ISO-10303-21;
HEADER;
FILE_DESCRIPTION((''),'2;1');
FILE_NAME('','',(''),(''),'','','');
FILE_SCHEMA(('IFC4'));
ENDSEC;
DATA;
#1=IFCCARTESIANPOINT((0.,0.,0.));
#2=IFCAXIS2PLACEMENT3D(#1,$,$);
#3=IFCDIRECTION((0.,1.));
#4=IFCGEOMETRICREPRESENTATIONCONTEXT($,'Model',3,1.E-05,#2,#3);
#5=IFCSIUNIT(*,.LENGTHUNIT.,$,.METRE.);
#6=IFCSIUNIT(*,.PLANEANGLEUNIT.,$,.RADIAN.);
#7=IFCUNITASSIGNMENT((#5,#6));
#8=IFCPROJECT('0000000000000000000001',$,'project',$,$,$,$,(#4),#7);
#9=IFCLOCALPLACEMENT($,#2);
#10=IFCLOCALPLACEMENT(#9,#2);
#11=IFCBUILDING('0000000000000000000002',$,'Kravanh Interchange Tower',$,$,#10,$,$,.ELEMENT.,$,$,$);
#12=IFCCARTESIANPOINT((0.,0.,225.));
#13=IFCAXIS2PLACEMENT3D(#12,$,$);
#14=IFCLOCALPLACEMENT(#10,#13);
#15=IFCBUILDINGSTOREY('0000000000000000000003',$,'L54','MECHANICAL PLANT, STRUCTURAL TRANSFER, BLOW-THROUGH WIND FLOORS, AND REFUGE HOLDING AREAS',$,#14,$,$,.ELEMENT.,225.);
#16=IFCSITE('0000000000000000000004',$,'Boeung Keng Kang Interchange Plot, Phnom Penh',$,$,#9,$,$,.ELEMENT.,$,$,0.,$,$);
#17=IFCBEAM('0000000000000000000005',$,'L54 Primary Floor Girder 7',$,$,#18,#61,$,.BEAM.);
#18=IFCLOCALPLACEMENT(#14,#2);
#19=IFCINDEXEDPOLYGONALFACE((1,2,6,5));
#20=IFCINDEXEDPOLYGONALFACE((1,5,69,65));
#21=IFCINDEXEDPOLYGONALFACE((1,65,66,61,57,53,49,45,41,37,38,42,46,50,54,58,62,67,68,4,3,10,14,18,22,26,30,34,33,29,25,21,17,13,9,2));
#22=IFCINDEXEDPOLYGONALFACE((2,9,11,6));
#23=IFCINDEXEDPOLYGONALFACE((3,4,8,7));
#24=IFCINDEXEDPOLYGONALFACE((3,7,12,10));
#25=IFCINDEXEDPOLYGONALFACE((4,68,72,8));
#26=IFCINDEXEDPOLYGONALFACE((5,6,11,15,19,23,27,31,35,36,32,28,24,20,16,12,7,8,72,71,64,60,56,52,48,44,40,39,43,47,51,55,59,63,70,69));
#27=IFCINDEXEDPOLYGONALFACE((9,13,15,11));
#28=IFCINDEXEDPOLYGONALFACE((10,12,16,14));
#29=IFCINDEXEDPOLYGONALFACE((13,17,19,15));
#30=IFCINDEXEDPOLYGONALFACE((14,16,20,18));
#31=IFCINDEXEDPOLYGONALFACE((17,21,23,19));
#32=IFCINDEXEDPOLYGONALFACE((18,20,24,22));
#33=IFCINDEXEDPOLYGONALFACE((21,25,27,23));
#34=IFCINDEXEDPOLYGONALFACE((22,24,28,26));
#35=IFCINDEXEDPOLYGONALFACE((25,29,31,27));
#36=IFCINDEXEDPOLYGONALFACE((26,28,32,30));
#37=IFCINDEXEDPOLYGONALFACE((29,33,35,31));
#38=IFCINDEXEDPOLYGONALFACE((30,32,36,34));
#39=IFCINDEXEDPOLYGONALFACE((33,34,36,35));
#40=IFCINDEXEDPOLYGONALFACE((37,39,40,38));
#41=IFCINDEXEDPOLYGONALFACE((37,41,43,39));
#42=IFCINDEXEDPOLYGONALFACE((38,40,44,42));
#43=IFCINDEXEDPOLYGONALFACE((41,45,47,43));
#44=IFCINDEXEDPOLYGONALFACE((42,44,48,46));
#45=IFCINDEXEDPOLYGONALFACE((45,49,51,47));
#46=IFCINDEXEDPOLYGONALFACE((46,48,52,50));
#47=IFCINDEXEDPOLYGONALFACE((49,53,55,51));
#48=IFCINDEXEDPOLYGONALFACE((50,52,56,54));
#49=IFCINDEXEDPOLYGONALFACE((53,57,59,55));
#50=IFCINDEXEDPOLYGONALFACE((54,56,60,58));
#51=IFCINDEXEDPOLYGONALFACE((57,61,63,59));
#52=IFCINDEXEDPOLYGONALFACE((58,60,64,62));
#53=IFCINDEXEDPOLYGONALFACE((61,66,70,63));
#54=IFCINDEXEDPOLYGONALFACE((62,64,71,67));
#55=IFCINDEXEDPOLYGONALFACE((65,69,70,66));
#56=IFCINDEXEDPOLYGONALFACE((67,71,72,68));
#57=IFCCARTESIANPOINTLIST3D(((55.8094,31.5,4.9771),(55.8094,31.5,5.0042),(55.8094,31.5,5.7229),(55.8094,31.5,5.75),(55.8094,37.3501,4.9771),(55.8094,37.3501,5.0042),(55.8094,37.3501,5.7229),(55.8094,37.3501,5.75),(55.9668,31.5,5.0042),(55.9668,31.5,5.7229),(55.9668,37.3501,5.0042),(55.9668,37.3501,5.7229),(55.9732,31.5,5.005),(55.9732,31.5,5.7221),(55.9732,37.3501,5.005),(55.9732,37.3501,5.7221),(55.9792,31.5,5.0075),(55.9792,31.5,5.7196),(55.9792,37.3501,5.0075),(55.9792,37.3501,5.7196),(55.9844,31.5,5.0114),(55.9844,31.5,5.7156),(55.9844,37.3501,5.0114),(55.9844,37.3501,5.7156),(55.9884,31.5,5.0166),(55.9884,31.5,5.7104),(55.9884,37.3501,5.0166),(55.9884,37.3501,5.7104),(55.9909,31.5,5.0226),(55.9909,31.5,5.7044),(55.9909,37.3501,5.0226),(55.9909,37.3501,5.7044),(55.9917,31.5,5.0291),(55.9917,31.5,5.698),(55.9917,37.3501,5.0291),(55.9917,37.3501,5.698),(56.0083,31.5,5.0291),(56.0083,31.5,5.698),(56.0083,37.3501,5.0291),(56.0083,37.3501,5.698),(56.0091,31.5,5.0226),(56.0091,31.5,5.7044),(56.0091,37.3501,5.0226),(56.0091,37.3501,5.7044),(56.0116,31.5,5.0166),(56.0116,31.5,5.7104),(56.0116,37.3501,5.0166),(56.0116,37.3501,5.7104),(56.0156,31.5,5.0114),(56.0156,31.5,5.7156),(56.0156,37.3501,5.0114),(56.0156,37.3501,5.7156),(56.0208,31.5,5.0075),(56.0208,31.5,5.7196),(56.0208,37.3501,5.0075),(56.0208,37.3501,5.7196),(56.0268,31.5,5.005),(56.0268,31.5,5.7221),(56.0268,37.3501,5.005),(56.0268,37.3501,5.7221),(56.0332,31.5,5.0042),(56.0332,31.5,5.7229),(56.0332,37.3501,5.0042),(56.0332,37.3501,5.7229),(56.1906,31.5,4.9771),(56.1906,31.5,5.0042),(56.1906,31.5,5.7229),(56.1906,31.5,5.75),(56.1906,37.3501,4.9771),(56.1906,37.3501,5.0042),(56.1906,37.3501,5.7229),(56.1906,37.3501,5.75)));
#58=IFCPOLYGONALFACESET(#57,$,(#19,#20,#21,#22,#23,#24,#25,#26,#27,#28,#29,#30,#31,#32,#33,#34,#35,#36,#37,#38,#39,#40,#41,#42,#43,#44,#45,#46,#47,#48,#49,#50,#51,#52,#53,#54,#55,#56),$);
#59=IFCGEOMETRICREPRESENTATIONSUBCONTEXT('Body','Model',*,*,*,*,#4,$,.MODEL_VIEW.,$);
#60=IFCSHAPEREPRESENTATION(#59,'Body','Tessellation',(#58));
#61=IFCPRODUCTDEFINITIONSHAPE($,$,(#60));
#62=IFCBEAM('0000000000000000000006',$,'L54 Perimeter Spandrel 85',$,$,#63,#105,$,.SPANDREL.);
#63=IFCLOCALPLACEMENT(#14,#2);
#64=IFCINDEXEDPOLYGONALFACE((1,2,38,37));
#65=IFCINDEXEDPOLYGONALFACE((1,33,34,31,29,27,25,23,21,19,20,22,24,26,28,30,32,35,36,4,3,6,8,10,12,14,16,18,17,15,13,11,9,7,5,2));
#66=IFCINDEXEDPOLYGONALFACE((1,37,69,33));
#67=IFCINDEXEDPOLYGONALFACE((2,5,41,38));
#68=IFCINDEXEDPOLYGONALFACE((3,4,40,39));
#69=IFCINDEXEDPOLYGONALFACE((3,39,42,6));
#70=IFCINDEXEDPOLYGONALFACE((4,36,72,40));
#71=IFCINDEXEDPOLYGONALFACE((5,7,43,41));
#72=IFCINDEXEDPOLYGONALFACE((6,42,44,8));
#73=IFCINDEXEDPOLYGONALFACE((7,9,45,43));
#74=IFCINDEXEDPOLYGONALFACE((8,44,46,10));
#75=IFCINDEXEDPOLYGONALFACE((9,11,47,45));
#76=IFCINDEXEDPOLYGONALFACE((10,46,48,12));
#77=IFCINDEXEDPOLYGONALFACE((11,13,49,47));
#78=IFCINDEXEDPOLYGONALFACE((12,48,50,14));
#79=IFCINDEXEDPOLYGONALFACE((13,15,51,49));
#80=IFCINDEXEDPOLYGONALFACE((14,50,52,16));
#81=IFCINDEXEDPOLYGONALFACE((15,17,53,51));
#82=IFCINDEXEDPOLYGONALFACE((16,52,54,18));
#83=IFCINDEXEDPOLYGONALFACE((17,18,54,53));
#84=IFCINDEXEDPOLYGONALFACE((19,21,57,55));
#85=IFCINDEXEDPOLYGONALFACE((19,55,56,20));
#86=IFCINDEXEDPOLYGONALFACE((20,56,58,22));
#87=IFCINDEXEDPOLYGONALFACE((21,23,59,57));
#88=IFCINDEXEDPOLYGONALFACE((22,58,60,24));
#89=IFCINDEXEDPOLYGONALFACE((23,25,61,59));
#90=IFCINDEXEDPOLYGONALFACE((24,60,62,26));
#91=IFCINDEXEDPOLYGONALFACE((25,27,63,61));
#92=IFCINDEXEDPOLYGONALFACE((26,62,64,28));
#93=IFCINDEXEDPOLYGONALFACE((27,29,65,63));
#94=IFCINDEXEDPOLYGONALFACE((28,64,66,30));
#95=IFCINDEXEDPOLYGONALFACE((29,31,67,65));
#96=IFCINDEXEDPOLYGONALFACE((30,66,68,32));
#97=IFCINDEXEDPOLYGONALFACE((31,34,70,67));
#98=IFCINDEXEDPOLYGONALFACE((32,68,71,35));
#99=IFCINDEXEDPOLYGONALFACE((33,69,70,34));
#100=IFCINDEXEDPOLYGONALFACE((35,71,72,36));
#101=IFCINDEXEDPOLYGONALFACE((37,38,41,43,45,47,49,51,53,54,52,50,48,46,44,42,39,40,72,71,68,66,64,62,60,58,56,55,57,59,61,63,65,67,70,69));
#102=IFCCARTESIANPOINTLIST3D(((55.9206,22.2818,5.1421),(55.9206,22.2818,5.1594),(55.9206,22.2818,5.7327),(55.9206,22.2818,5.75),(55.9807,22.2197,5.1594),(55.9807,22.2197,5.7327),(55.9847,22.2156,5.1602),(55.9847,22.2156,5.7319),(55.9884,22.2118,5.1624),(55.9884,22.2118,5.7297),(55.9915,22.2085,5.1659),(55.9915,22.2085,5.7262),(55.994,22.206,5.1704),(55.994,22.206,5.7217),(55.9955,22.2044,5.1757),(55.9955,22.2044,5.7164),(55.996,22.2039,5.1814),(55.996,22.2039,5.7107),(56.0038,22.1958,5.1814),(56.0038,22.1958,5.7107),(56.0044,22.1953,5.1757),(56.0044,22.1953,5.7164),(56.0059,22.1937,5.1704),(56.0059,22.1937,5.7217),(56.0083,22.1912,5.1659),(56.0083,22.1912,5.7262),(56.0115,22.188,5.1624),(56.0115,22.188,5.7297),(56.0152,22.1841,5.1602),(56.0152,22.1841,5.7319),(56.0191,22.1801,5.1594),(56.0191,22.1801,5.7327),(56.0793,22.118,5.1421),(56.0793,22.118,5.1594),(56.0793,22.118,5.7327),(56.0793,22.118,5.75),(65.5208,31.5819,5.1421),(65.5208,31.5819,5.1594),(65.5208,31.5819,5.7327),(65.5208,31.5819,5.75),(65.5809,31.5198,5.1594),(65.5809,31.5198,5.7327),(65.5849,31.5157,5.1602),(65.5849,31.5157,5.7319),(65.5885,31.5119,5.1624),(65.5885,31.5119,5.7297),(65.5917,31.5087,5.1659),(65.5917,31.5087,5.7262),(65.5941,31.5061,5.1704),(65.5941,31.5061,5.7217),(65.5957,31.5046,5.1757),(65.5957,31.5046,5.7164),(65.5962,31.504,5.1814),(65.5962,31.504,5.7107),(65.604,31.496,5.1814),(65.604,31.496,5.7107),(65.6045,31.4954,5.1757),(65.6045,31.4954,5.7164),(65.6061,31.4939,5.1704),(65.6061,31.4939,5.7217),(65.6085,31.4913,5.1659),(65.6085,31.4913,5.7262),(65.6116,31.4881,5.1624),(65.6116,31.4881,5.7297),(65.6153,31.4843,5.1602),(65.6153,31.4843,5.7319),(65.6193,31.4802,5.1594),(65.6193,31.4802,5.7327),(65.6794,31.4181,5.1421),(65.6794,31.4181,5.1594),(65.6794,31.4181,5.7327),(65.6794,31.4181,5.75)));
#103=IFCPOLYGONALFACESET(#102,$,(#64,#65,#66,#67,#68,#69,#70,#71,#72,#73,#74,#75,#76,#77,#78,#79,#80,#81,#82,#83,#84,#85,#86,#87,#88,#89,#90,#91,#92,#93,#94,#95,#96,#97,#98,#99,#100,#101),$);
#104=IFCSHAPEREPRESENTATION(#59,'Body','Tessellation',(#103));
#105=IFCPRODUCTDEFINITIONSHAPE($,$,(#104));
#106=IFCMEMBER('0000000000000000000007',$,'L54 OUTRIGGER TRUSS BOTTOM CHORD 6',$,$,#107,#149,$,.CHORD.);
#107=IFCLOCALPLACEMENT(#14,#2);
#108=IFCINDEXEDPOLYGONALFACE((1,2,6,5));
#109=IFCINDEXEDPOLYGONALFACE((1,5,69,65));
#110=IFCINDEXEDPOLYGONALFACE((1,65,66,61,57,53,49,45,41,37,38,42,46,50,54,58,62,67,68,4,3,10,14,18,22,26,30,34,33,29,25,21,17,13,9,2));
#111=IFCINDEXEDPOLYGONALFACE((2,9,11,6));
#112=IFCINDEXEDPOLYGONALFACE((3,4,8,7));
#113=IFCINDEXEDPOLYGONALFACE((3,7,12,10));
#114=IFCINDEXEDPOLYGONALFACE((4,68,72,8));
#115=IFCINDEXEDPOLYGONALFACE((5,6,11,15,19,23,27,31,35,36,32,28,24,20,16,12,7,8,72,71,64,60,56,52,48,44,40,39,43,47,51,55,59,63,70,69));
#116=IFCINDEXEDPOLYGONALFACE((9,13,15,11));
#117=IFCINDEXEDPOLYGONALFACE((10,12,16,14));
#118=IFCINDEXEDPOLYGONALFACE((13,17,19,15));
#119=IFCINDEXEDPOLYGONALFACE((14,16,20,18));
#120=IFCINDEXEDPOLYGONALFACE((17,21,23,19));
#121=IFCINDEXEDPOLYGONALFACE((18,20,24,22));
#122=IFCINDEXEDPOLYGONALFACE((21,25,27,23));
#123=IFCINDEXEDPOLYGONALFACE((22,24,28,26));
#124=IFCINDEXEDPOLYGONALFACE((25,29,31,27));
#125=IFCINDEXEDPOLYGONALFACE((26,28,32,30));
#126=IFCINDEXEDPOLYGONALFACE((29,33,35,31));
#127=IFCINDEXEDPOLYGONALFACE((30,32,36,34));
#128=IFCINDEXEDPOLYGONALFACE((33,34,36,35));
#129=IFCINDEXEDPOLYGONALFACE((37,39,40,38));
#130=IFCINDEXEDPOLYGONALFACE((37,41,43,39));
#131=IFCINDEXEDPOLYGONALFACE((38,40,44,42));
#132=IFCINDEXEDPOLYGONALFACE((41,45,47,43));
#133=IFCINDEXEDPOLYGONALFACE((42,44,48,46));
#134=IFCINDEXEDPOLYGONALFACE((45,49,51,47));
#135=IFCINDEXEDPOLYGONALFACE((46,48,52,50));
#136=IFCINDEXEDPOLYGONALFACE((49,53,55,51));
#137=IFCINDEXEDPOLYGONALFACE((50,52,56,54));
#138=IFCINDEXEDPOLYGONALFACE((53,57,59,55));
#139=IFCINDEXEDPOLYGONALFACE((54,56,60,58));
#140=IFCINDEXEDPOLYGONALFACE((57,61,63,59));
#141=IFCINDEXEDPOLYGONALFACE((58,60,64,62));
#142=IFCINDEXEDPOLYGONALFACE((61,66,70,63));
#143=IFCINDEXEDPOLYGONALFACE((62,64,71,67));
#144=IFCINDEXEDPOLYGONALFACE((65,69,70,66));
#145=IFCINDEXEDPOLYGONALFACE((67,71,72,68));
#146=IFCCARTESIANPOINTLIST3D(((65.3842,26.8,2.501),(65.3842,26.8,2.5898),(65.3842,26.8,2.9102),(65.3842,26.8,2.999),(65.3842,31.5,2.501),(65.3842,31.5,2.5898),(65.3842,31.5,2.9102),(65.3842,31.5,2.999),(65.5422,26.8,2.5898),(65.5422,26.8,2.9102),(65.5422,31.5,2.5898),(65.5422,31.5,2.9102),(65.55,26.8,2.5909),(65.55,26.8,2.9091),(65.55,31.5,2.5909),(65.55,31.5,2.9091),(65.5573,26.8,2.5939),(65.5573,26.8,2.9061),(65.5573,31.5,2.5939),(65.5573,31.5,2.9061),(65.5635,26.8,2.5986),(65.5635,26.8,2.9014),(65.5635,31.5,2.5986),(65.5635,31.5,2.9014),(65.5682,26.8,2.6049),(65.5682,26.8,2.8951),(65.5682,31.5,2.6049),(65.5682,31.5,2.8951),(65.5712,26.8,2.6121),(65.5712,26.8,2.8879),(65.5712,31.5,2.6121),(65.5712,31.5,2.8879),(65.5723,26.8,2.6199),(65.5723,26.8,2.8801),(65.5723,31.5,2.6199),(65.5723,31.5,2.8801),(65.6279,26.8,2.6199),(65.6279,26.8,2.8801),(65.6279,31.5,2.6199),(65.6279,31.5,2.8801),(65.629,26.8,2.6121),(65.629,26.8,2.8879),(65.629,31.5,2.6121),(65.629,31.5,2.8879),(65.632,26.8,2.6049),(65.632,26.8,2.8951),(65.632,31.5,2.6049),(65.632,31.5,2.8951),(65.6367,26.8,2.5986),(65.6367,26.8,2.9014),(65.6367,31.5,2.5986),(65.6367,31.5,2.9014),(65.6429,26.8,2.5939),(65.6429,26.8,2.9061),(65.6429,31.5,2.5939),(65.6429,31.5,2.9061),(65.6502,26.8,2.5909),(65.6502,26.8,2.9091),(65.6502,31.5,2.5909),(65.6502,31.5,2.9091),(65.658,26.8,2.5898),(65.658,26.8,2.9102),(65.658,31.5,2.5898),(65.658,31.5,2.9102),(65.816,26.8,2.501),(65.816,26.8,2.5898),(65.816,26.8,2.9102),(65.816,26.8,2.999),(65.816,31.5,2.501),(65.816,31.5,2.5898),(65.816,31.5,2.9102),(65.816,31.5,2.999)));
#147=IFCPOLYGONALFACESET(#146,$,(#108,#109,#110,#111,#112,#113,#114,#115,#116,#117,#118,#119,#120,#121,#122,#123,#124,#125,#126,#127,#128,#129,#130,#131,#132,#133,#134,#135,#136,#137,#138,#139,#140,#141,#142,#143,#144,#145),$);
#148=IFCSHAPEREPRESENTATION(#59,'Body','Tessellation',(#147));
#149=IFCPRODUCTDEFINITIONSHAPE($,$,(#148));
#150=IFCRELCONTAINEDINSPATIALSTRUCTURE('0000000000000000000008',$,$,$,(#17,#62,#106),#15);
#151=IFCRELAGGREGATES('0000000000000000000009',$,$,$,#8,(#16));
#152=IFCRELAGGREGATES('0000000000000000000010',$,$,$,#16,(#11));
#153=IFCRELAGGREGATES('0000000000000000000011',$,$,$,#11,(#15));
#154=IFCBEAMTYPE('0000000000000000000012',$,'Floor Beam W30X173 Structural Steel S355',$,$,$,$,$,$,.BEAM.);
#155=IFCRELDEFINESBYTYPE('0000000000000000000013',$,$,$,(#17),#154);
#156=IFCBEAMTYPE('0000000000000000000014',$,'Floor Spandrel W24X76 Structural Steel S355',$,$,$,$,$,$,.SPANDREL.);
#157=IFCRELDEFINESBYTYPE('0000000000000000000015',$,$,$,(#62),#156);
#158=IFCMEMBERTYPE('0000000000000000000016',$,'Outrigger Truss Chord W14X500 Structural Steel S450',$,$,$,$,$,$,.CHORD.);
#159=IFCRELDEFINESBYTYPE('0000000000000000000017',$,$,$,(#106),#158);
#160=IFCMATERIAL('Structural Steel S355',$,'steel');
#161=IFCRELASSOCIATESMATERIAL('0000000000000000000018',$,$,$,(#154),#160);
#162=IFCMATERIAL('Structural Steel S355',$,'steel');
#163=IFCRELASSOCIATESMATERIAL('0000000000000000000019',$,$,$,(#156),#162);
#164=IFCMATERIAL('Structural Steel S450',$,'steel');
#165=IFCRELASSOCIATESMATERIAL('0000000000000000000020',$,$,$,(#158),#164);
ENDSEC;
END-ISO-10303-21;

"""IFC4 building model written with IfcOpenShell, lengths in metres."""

from ifc_helpers import new_model, si_unit, direction, frame, origin, origin_2d, place, context, subcontext, project, spatial, i_section, extrude, material, material_profile, profile_set, type_object, element, save


model = new_model("IFC4")

# Units and contexts
model_context = context("Model", 3, precision=1e-05, world=origin(), true_north=direction((0.0, 1.0)))
body_context = subcontext(model_context, "Body", "Model", "MODEL_VIEW")
ifc_project = project(units=[si_unit("LENGTHUNIT", "METRE"), si_unit("PLANEANGLEUNIT", "RADIAN")], contexts=[model_context])

# Site, building, storey
site_placement = place(None, origin())
site = spatial("IfcSite", under=ifc_project, at=site_placement, Name="Boeung Keng Kang Interchange Plot, Phnom Penh", CompositionType="ELEMENT", RefElevation=0.0)
building_placement = place(site_placement, origin())
building = spatial("IfcBuilding", under=site, at=building_placement, Name="Kravanh Interchange Tower", CompositionType="ELEMENT")
storey_placement = place(building_placement, frame((0.0, 0.0, 225.0)))
storey = spatial("IfcBuildingStorey", under=building, at=storey_placement, Name="L54", Description="MECHANICAL PLANT, STRUCTURAL TRANSFER, BLOW-THROUGH WIND FLOORS, AND REFUGE HOLDING AREAS", CompositionType="ELEMENT", Elevation=225.0)

# Beams
ifc_material_1 = material(Name="Structural Steel S355", Category="steel")
ifc_material_profile_1 = material_profile(ifc_material_1, i_section(OverallWidth=0.3811, OverallDepth=0.7729, WebThickness=0.0166, FlangeThickness=0.0271, FilletRadius=0.0249, at=origin_2d()), Name="W30X173")
ifc_profile_set_1 = profile_set([ifc_material_profile_1], Name="Structural Steel S355")
beam_type_1 = type_object("IfcBeamType", Name="Floor Beam W30X173 Structural Steel S355", PredefinedType="BEAM", material=ifc_profile_set_1)
beam_1_placement = place(storey_placement, frame((56.0, 37.3501, 5.3635), z_axis=(0.0, -1.0, 0.0), x_axis=(1.0, 0.0, 0.0)))
element("IfcBeam", 1, at=beam_1_placement, inside=storey, type_object=beam_type_1, Name="L54 Primary Floor Girder 7", PredefinedType="BEAM", context=body_context, shape_type="SweptSolid", body=[
    extrude(i_section(OverallWidth=0.3811, OverallDepth=0.7729, WebThickness=0.0166, FlangeThickness=0.0271, FilletRadius=0.0249, at=origin_2d()), origin(), (0.0, 0.0, 1.0), 5.8501),
])
ifc_material_2 = material(Name="Structural Steel S355", Category="steel")
ifc_material_profile_2 = material_profile(ifc_material_2, i_section(OverallWidth=0.228, OverallDepth=0.6079, WebThickness=0.0112, FlangeThickness=0.0173, FilletRadius=0.022, at=origin_2d()), Name="W24X76")
ifc_profile_set_2 = profile_set([ifc_material_profile_2], Name="Structural Steel S355")
beam_type_2 = type_object("IfcBeamType", Name="Floor Spandrel W24X76 Structural Steel S355", PredefinedType="SPANDREL", material=ifc_profile_set_2)
beam_2_placement = place(storey_placement, frame((65.6001, 31.5, 5.446), z_axis=(-0.718242, -0.695793, 0.0), x_axis=(0.695793, -0.718242, 0.0)))
element("IfcBeam", 2, at=beam_2_placement, inside=storey, type_object=beam_type_2, Name="L54 Perimeter Spandrel 85", PredefinedType="SPANDREL", context=body_context, shape_type="SweptSolid", body=[
    extrude(i_section(OverallWidth=0.228, OverallDepth=0.6079, WebThickness=0.0112, FlangeThickness=0.0173, FilletRadius=0.022, at=origin_2d()), origin(), (0.0, 0.0, 1.0), 13.3662),
])

# Member
ifc_material_3 = material(Name="Structural Steel S450", Category="steel")
ifc_material_profile_3 = material_profile(ifc_material_3, i_section(OverallWidth=0.4319, OverallDepth=0.498, WebThickness=0.0557, FlangeThickness=0.0889, FilletRadius=0.03, at=origin_2d()), Name="W14X500")
ifc_profile_set_3 = profile_set([ifc_material_profile_3], Name="Structural Steel S450")
member_type_1 = type_object("IfcMemberType", Name="Outrigger Truss Chord W14X500 Structural Steel S450", PredefinedType="CHORD", material=ifc_profile_set_3)
member_1_placement = place(storey_placement, frame((65.6001, 31.5, 2.75), z_axis=(0.0, -1.0, 0.0), x_axis=(1.0, 0.0, 0.0)))
element("IfcMember", 3, at=member_1_placement, inside=storey, type_object=member_type_1, Name="L54 OUTRIGGER TRUSS BOTTOM CHORD 6", PredefinedType="CHORD", context=body_context, shape_type="SweptSolid", body=[
    extrude(i_section(OverallWidth=0.4319, OverallDepth=0.498, WebThickness=0.0557, FlangeThickness=0.0889, FilletRadius=0.03, at=origin_2d()), origin(), (0.0, 0.0, 1.0), 4.7),
])

save(model, "model.ifc")
